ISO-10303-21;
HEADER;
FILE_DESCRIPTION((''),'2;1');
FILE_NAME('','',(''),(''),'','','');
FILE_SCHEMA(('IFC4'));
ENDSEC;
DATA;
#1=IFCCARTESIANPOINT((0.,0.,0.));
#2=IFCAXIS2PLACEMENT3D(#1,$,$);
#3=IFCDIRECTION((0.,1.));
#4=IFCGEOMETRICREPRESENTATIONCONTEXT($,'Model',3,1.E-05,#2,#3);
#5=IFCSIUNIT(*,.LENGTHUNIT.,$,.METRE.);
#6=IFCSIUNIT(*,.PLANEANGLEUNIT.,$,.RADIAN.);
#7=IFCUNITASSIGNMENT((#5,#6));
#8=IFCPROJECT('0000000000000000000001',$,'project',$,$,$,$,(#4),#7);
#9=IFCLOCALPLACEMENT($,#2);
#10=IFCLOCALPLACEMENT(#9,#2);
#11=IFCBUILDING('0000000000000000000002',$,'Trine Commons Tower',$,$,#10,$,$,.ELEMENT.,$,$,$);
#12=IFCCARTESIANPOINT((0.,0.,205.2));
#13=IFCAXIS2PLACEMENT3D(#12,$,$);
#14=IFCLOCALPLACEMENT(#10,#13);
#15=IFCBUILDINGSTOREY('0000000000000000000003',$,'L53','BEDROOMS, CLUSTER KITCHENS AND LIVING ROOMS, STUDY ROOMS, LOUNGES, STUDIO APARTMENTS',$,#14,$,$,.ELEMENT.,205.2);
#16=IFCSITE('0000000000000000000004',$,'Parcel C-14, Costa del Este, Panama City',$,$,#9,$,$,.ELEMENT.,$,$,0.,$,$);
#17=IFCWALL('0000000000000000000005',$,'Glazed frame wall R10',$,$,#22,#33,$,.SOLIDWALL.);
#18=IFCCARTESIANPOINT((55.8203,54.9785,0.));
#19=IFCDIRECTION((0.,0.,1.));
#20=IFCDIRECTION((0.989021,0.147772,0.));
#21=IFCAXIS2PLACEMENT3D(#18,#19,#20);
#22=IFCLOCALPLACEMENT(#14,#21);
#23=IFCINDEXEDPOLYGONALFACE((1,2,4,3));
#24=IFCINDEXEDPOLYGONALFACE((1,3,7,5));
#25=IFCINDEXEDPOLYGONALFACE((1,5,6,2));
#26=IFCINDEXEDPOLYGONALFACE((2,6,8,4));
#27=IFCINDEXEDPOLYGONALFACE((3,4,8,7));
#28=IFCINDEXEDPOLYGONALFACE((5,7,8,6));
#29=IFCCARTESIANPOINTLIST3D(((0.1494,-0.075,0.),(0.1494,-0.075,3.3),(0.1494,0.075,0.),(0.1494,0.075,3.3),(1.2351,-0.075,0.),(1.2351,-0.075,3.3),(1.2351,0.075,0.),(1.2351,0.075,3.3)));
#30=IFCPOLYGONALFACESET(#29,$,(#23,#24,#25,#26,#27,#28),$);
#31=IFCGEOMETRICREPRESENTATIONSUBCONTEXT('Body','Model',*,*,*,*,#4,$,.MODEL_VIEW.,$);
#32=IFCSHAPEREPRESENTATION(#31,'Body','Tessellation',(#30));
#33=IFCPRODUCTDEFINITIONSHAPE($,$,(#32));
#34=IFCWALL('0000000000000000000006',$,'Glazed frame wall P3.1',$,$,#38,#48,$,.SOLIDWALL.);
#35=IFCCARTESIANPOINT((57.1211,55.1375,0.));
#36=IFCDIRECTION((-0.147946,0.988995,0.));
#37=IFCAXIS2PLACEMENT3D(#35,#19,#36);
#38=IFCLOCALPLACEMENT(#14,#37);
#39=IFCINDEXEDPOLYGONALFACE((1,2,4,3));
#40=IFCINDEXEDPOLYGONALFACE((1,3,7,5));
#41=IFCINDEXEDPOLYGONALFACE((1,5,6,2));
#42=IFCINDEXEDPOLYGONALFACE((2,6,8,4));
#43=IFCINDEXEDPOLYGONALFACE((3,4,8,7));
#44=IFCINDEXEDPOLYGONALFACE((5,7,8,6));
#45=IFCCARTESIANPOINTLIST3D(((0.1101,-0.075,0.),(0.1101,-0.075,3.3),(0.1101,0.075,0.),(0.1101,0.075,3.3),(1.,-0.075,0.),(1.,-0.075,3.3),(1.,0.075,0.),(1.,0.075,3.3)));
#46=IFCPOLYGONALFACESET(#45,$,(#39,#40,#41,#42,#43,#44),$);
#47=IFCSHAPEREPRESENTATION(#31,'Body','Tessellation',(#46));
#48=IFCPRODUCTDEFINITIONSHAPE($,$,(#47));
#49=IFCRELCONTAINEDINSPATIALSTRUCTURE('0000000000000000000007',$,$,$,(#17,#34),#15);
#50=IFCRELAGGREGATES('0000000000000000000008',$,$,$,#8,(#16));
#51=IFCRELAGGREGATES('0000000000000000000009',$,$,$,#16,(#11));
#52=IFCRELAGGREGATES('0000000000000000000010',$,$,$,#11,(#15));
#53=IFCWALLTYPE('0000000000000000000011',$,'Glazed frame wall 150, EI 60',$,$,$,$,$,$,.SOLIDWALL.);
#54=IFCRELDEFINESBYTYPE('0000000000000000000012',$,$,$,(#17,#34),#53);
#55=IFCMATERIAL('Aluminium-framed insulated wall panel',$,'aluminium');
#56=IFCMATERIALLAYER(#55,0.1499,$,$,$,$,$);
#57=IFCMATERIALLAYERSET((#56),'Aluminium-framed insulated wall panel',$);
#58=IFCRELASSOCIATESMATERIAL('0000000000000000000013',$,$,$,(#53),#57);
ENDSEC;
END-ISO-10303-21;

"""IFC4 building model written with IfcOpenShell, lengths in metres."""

from ifc_helpers import new_model, si_unit, direction, frame, origin, place, context, subcontext, project, spatial, polyline, outline, extrude, material, layer, layer_set, type_object, element, save


model = new_model("IFC4")

# Units and contexts
model_context = context("Model", 3, precision=1e-05, world=origin(), true_north=direction((0.0, 1.0)))
body_context = subcontext(model_context, "Body", "Model", "MODEL_VIEW")
ifc_project = project(units=[si_unit("LENGTHUNIT", "METRE"), si_unit("PLANEANGLEUNIT", "RADIAN")], contexts=[model_context])

# Site, building, storey
site_placement = place(None, origin())
site = spatial("IfcSite", under=ifc_project, at=site_placement, Name="Parcel C-14, Costa del Este, Panama City", CompositionType="ELEMENT", RefElevation=0.0)
building_placement = place(site_placement, origin())
building = spatial("IfcBuilding", under=site, at=building_placement, Name="Trine Commons Tower", CompositionType="ELEMENT")
storey_placement = place(building_placement, frame((0.0, 0.0, 205.2)))
storey = spatial("IfcBuildingStorey", under=building, at=storey_placement, Name="L53", Description="BEDROOMS, CLUSTER KITCHENS AND LIVING ROOMS, STUDY ROOMS, LOUNGES, STUDIO APARTMENTS", CompositionType="ELEMENT", Elevation=205.2)

# Walls
ifc_material_1 = material(Name="Aluminium-framed insulated wall panel", Category="aluminium")
ifc_layer_1 = layer(ifc_material_1, 0.1499)
ifc_layer_set_1 = layer_set([ifc_layer_1], Name="Aluminium-framed insulated wall panel")
wall_type_1 = type_object("IfcWallType", Name="Glazed frame wall 150, EI 60", PredefinedType="SOLIDWALL", material=ifc_layer_set_1)
wall_1_placement = place(storey_placement, frame((55.8203, 54.9785, 0.0), z_axis=(0.0, 0.0, 1.0), x_axis=(0.989021, 0.147772, 0.0)))
element("IfcWall", 1, at=wall_1_placement, inside=storey, type_object=wall_type_1, Name="Glazed frame wall R10", PredefinedType="SOLIDWALL", context=body_context, shape_type="SweptSolid", body=[
    extrude(outline(polyline([(0.1494, 0.075), (0.1494, -0.075), (1.2351, -0.075), (1.2351, 0.075), (0.1494, 0.075)])), origin(), (0.0, 0.0, 1.0), 3.3),
])
wall_2_placement = place(storey_placement, frame((57.1211, 55.1375, 0.0), z_axis=(0.0, 0.0, 1.0), x_axis=(-0.147946, 0.988995, 0.0)))
element("IfcWall", 2, at=wall_2_placement, inside=storey, type_object=wall_type_1, Name="Glazed frame wall P3.1", PredefinedType="SOLIDWALL", context=body_context, shape_type="SweptSolid", body=[
    extrude(outline(polyline([(0.1101, -0.075), (1.0, -0.075), (1.0, 0.075), (0.1101, 0.075), (0.1101, -0.075)])), origin(), (0.0, 0.0, 1.0), 3.3),
])

save(model, "model.ifc")
